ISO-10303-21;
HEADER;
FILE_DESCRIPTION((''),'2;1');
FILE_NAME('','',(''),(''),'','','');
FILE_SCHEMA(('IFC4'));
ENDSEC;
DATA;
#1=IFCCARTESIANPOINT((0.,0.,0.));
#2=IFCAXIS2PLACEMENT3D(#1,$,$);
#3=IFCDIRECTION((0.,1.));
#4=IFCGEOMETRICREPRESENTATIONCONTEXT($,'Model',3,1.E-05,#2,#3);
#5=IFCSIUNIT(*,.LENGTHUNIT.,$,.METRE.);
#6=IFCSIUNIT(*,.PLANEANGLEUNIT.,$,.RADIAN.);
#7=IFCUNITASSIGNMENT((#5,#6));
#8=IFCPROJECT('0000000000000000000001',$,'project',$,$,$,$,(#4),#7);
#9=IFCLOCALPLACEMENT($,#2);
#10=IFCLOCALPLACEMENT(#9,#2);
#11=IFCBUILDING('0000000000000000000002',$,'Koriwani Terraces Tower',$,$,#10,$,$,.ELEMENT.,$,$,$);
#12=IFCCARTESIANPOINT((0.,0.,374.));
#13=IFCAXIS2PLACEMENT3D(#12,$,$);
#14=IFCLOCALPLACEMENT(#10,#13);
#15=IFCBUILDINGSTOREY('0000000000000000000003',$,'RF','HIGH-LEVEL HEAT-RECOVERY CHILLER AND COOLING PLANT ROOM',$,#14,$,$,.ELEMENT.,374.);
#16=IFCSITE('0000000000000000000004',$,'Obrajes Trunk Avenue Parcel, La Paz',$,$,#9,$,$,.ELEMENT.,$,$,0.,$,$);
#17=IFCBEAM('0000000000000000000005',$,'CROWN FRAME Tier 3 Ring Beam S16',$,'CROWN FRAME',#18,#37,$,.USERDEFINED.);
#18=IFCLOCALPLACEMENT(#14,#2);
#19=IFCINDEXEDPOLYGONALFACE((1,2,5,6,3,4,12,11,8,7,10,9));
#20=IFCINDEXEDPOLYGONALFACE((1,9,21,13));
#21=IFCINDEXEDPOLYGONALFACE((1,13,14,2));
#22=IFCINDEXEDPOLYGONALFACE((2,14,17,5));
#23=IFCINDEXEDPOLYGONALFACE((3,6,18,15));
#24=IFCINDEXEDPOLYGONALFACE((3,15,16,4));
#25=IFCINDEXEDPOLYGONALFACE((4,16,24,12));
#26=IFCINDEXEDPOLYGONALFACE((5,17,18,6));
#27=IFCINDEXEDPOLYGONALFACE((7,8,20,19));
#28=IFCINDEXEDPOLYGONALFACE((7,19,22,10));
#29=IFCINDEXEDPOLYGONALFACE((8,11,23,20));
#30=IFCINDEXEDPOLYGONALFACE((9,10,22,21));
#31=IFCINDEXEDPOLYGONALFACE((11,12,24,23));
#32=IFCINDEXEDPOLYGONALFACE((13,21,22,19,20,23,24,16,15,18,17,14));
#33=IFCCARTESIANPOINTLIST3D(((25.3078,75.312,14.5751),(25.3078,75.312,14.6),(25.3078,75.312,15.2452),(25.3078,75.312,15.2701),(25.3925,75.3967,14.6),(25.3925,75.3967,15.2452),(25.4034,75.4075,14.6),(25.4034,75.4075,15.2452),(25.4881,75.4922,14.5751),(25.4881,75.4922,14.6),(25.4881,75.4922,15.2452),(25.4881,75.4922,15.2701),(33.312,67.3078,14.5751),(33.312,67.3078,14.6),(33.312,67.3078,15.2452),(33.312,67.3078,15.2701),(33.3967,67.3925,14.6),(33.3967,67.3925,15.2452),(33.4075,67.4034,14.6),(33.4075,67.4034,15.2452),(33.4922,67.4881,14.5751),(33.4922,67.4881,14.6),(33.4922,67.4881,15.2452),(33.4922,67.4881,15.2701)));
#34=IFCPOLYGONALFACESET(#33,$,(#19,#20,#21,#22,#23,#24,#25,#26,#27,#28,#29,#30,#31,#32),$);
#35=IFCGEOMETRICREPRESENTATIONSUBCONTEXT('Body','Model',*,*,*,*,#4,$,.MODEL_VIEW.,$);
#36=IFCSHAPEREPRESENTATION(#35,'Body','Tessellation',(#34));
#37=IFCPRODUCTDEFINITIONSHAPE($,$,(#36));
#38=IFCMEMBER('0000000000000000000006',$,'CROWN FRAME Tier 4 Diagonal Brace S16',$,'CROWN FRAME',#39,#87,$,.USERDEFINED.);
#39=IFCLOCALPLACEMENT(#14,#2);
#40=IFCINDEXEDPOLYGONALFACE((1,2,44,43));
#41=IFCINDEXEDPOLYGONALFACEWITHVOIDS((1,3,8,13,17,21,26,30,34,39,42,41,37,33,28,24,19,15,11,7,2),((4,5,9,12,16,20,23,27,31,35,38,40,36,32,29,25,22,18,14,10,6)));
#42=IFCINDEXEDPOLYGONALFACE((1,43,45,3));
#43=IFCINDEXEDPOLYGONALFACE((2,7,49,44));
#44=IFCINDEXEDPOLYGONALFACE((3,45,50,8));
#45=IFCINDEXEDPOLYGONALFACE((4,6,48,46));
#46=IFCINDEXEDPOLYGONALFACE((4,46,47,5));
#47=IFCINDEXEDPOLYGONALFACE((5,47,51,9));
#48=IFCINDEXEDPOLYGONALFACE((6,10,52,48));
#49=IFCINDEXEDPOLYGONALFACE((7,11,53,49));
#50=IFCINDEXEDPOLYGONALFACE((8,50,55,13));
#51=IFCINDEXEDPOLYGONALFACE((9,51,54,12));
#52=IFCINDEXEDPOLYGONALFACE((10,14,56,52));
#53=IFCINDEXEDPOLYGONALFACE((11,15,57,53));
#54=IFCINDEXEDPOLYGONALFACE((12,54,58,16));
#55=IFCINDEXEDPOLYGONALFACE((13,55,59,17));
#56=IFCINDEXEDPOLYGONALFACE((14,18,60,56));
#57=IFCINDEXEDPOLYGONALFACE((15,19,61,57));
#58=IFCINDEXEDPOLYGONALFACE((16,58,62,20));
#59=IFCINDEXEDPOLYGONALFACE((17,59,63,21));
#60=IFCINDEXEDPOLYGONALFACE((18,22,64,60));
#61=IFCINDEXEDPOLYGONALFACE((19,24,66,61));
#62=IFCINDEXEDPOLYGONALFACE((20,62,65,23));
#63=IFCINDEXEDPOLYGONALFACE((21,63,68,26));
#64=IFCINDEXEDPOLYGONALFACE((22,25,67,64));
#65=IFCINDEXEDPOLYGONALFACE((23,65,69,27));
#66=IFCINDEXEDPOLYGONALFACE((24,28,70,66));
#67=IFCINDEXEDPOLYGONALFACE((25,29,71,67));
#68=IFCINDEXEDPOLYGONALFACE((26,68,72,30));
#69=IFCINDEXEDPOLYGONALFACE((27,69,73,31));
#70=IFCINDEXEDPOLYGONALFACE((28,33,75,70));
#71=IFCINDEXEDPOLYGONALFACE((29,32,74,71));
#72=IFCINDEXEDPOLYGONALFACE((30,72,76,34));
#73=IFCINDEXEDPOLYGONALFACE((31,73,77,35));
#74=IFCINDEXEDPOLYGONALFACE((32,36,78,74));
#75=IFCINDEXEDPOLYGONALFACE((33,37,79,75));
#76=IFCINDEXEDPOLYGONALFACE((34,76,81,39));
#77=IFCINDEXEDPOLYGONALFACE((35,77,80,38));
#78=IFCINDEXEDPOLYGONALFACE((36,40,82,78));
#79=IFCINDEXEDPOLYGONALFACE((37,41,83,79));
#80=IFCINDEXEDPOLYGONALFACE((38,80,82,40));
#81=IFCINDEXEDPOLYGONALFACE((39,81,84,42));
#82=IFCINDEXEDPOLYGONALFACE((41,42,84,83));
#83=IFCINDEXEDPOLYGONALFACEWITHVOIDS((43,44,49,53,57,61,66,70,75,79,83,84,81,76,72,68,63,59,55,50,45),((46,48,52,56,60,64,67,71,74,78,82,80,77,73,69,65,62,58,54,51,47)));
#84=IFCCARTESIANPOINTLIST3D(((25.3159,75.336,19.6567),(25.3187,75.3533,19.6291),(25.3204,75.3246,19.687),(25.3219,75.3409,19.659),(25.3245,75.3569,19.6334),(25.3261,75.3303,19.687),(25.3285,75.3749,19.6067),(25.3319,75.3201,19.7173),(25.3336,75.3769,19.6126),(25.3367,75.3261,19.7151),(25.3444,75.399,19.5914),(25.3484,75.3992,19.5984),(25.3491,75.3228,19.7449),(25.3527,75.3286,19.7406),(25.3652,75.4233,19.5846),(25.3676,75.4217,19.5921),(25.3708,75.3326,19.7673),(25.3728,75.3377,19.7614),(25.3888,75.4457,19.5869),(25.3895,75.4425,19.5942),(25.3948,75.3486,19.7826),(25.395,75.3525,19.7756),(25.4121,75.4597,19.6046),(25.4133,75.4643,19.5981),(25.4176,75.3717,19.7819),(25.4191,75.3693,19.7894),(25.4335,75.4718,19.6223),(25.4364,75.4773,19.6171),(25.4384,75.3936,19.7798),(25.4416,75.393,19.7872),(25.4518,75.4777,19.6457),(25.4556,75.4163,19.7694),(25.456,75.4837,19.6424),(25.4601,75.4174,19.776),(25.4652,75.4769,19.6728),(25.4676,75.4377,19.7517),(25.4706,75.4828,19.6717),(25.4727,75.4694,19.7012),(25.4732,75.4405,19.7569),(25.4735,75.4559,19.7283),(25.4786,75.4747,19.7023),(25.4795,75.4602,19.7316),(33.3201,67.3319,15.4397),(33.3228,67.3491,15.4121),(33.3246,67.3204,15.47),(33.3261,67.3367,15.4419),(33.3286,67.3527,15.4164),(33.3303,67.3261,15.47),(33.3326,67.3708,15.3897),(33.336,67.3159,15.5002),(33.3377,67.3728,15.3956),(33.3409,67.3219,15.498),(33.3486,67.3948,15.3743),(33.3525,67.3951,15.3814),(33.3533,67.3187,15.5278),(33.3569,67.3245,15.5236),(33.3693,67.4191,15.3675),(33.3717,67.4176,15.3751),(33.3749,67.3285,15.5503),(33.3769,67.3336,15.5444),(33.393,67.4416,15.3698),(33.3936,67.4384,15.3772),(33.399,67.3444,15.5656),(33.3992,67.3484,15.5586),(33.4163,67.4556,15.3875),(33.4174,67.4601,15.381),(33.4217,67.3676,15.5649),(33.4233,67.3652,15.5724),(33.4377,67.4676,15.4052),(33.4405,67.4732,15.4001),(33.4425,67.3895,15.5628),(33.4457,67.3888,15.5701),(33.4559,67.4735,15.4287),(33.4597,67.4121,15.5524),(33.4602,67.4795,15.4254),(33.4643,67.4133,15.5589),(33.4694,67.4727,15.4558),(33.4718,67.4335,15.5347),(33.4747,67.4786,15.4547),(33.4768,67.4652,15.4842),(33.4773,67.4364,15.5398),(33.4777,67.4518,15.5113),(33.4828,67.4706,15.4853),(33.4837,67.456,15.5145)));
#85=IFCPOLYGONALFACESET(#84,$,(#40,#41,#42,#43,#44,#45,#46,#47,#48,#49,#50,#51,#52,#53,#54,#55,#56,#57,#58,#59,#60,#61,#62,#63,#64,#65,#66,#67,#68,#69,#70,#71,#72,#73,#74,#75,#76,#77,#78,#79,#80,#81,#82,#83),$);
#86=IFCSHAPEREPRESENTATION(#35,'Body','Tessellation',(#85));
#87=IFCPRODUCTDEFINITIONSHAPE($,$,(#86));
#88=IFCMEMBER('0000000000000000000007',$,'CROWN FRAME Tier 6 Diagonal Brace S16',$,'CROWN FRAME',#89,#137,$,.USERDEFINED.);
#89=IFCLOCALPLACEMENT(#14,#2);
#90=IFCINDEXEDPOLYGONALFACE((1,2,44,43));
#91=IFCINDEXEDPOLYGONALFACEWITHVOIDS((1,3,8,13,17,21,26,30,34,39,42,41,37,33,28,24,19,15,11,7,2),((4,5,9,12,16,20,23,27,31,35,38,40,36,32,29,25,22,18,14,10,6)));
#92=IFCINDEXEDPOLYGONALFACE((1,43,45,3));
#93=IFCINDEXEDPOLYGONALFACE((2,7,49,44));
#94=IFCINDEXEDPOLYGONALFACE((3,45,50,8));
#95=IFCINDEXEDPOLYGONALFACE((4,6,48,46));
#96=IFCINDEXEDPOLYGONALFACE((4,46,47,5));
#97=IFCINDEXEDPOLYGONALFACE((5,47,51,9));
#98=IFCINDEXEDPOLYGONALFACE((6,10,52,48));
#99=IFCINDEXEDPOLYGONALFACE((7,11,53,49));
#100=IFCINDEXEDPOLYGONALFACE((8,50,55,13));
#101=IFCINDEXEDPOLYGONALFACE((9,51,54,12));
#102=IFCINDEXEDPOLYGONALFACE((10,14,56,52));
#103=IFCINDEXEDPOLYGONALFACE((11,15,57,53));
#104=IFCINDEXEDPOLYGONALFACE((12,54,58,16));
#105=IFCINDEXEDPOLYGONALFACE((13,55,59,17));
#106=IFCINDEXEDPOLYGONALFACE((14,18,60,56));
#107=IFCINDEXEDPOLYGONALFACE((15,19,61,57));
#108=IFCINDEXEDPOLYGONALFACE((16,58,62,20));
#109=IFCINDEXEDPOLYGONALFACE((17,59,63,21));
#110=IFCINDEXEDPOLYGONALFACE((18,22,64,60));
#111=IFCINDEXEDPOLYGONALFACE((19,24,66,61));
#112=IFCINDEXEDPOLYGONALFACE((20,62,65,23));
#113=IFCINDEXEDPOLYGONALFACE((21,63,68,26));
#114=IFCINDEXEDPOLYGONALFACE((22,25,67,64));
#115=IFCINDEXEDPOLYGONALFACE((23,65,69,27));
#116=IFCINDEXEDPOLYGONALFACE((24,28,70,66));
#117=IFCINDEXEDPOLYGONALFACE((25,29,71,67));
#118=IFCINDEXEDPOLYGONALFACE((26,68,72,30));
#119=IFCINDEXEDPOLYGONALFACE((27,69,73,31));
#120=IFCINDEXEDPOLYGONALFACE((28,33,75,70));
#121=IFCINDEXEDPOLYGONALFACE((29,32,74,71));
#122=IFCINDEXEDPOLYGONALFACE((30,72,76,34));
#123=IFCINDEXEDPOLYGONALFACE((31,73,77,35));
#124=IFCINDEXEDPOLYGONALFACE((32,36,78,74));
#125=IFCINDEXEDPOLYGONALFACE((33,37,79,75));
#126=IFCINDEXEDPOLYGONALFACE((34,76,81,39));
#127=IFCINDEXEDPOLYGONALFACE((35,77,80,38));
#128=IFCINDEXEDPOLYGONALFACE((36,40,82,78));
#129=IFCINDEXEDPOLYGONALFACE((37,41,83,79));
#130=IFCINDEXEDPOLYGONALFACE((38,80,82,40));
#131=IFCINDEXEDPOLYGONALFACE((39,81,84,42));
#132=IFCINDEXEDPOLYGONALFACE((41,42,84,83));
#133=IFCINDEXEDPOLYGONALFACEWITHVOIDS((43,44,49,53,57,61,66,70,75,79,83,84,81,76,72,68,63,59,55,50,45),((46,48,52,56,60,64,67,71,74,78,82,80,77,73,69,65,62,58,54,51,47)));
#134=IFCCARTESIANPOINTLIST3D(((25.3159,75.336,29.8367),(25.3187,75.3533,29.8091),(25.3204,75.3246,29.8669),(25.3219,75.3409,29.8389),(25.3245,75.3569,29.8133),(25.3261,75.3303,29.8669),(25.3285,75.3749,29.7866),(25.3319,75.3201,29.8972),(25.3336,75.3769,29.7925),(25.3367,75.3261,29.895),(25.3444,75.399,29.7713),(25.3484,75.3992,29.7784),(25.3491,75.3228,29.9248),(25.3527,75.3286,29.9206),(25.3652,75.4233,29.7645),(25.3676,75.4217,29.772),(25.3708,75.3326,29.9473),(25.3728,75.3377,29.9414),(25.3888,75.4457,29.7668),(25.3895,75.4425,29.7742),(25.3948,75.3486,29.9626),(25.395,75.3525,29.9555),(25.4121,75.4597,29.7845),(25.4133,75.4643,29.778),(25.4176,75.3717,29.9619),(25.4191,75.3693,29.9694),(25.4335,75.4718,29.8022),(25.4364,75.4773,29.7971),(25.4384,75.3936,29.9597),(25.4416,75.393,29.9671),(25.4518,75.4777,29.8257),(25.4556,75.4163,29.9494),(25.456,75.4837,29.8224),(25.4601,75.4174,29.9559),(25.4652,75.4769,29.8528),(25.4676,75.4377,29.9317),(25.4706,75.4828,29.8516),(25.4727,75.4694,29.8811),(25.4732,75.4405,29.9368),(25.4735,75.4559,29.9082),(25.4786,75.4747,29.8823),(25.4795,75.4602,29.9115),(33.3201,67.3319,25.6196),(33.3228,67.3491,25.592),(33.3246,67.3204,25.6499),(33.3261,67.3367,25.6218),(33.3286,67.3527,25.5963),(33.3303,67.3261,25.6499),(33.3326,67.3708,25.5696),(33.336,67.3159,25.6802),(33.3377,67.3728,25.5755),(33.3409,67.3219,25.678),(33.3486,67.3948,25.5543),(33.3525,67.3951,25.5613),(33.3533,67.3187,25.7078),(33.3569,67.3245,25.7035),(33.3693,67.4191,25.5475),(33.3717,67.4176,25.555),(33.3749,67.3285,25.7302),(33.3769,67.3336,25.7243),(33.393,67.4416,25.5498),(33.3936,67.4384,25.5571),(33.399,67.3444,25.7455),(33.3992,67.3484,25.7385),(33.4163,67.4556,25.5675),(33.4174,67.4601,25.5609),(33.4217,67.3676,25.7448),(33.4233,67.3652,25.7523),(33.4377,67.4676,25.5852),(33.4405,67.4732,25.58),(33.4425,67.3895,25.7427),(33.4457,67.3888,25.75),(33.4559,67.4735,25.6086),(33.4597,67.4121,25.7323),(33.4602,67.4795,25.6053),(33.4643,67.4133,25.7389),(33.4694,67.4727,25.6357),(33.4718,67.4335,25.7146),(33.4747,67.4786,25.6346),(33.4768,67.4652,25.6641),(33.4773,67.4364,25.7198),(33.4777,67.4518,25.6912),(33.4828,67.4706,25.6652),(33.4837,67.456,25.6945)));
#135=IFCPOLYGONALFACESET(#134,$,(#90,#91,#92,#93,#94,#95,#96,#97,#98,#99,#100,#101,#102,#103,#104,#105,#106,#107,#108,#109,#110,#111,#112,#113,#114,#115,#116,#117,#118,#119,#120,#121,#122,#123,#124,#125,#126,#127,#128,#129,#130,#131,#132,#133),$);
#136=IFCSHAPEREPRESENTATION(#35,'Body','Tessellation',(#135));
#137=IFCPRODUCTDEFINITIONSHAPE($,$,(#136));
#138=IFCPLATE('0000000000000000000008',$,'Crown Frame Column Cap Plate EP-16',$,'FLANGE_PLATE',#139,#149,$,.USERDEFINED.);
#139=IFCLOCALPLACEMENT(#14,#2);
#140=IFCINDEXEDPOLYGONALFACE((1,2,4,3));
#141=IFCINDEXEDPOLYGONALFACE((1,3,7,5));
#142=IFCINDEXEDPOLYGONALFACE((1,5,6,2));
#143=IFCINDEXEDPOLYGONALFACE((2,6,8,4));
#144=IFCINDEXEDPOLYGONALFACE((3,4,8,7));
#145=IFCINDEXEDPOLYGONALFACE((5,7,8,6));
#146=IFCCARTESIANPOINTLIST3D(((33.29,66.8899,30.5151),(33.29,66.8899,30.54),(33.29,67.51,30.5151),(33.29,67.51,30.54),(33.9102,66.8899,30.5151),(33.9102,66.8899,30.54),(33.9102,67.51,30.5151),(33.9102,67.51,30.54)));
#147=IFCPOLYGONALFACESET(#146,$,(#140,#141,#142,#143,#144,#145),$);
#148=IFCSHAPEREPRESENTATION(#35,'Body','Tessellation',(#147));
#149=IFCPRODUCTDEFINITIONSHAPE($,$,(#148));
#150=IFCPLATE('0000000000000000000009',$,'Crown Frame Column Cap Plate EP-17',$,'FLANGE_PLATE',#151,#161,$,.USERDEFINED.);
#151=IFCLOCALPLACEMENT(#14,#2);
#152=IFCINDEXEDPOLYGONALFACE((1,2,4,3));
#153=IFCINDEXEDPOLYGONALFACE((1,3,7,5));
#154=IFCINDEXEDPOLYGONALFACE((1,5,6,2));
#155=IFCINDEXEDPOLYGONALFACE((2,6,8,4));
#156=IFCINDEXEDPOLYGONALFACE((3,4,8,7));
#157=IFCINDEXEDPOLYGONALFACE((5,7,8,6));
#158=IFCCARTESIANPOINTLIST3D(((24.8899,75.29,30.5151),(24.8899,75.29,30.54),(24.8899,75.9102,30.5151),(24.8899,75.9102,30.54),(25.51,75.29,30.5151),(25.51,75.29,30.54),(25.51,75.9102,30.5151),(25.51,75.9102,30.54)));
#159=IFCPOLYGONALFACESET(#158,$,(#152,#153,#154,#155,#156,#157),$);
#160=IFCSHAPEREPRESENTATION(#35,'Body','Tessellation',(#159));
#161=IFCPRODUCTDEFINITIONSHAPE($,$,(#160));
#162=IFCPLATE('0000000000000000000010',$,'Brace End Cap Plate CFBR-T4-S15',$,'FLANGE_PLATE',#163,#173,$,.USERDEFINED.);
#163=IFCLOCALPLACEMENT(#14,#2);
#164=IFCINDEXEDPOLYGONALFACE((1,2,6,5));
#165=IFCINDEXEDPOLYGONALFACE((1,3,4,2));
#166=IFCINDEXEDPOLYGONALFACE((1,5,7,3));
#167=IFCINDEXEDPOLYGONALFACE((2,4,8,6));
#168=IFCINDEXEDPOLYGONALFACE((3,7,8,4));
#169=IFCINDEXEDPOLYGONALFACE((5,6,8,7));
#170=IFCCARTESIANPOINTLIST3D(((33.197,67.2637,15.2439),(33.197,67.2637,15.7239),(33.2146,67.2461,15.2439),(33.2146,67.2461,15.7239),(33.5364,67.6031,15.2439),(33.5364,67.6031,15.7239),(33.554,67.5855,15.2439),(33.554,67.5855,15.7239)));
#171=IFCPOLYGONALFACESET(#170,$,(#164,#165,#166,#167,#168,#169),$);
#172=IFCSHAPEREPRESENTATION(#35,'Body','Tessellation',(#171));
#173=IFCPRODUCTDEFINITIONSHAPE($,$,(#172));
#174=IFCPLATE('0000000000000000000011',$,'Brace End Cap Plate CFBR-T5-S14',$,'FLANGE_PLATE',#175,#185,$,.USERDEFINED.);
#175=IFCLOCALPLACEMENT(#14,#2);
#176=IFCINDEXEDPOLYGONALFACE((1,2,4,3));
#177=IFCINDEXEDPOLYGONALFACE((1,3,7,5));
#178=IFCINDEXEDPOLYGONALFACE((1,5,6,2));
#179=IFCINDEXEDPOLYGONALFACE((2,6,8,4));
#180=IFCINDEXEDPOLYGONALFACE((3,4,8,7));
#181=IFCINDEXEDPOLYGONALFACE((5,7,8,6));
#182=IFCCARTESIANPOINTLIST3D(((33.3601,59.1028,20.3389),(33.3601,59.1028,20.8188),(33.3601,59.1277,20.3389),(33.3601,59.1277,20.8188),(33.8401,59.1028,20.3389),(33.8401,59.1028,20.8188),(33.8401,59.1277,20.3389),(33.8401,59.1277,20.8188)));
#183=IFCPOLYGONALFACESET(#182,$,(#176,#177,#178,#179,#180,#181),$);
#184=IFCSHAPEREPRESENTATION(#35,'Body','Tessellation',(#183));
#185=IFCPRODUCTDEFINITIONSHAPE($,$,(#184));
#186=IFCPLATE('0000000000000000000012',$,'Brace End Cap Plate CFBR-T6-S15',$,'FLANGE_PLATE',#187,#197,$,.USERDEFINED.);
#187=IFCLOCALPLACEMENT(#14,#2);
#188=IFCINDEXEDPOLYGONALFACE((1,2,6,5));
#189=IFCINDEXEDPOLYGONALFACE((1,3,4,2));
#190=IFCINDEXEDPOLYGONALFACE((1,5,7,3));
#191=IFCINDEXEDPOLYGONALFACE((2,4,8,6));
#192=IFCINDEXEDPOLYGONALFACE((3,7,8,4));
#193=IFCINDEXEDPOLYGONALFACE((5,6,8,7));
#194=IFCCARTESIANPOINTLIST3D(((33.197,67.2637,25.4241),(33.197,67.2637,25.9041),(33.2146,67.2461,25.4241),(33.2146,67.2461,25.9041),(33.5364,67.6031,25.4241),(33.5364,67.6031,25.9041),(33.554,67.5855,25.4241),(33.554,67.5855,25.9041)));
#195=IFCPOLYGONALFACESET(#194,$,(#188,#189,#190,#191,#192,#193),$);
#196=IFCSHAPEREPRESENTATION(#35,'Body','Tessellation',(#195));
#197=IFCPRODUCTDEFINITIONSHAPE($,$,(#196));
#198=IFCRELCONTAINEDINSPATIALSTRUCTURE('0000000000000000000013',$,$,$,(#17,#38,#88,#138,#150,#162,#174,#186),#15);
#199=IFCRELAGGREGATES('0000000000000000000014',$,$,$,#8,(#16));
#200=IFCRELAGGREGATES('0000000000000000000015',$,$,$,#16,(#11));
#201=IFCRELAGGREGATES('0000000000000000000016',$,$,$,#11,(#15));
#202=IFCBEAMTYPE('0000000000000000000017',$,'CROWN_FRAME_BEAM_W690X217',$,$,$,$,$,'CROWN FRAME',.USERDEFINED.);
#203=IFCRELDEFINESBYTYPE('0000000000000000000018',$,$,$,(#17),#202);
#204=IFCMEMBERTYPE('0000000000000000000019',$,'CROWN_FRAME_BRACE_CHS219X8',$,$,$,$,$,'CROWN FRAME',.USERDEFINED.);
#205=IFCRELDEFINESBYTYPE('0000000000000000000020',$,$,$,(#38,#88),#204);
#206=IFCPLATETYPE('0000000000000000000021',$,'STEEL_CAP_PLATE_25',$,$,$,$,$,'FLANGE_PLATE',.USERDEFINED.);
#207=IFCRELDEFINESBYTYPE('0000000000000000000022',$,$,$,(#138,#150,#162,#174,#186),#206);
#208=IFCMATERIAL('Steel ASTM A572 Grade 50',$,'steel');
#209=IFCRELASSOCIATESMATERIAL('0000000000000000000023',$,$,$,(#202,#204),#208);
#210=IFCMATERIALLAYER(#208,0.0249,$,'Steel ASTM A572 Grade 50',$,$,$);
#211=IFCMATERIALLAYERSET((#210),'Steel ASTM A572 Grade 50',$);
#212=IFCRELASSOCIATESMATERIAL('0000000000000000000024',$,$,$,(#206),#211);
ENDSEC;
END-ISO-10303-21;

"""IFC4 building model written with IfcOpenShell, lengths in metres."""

from ifc_helpers import new_model, si_unit, direction, frame, origin, origin_2d, place, context, subcontext, project, spatial, rectangle, hollow_circle, i_section, extrude, material, layer, layer_set, material_profile, profile_set, type_object, element, save


model = new_model("IFC4")

# Units and contexts
model_context = context("Model", 3, precision=1e-05, world=origin(), true_north=direction((0.0, 1.0)))
body_context = subcontext(model_context, "Body", "Model", "MODEL_VIEW")
ifc_project = project(units=[si_unit("LENGTHUNIT", "METRE"), si_unit("PLANEANGLEUNIT", "RADIAN")], contexts=[model_context])

# Site, building, storey
site_placement = place(None, origin())
site = spatial("IfcSite", under=ifc_project, at=site_placement, Name="Obrajes Trunk Avenue Parcel, La Paz", CompositionType="ELEMENT", RefElevation=0.0)
building_placement = place(site_placement, origin())
building = spatial("IfcBuilding", under=site, at=building_placement, Name="Koriwani Terraces Tower", CompositionType="ELEMENT")
storey_placement = place(building_placement, frame((0.0, 0.0, 374.0)))
storey = spatial("IfcBuildingStorey", under=building, at=storey_placement, Name="RF", Description="HIGH-LEVEL HEAT-RECOVERY CHILLER AND COOLING PLANT ROOM", CompositionType="ELEMENT", Elevation=374.0)

# Shared definitions
ifc_material_1 = material(Name="Steel ASTM A572 Grade 50", Category="steel")

# Beam
ifc_material_profile_1 = material_profile(ifc_material_1, i_section(OverallWidth=0.2549, OverallDepth=0.6951, WebThickness=0.0154, FlangeThickness=0.0249, at=origin_2d()), Name="Steel ASTM A572 Grade 50", Category="LoadBearing")
ifc_profile_set_1 = profile_set([ifc_material_profile_1], Name="Steel ASTM A572 Grade 50")
beam_type_1 = type_object("IfcBeamType", Name="CROWN_FRAME_BEAM_W690X217", ElementType="CROWN FRAME", PredefinedType="USERDEFINED", material=ifc_profile_set_1)
beam_1_placement = place(storey_placement, frame((33.4021, 67.3979, 14.9226), z_axis=(-0.707107, 0.707107, 0.0), x_axis=(-0.707107, -0.707107, 0.0)))
element("IfcBeam", 1, at=beam_1_placement, inside=storey, type_object=beam_type_1, Name="CROWN FRAME Tier 3 Ring Beam S16", ObjectType="CROWN FRAME", PredefinedType="USERDEFINED", context=body_context, shape_type="SweptSolid", body=[
    extrude(i_section(OverallWidth=0.2549, OverallDepth=0.6951, WebThickness=0.0154, FlangeThickness=0.0249, at=origin_2d()), origin(), (0.0, 0.0, 1.0), 11.3196),
])

# Members
ifc_material_profile_2 = material_profile(ifc_material_1, hollow_circle(Radius=0.1096, WallThickness=0.0081, at=origin_2d()), Name="Steel ASTM A572 Grade 50", Category="LoadBearing")
ifc_profile_set_2 = profile_set([ifc_material_profile_2], Name="Steel ASTM A572 Grade 50")
member_type = type_object("IfcMemberType", Name="CROWN_FRAME_BRACE_CHS219X8", ElementType="CROWN FRAME", PredefinedType="USERDEFINED", material=ifc_profile_set_2)
for number, where, z_axis, x_axis, name in (
    (2, (33.4021, 67.3979, 15.47), (-0.662618, 0.662618, 0.349105), (-0.707107, -0.707107, 0.0), "CROWN FRAME Tier 4 Diagonal Brace S16"),
    (3, (33.4021, 67.3979, 25.6499), (-0.662618, 0.662618, 0.349105), (-0.707107, -0.707107, 0.0), "CROWN FRAME Tier 6 Diagonal Brace S16"),
):
    element("IfcMember", number, at=place(storey_placement, frame(where, z_axis=z_axis, x_axis=x_axis)), inside=storey, type_object=member_type, Name=name, ObjectType="CROWN FRAME", PredefinedType="USERDEFINED", context=body_context, shape_type="SweptSolid", body=[
        extrude(hollow_circle(Radius=0.1096, WallThickness=0.0081, at=origin_2d()), origin(), (0.0, 0.0, 1.0), 12.0796),
    ])

# Plates
ifc_layer_1 = layer(ifc_material_1, 0.0249, Name="Steel ASTM A572 Grade 50")
ifc_layer_set_1 = layer_set([ifc_layer_1], Name="Steel ASTM A572 Grade 50")
plate_type_1 = type_object("IfcPlateType", Name="STEEL_CAP_PLATE_25", ElementType="FLANGE_PLATE", PredefinedType="USERDEFINED", material=ifc_layer_set_1)
for number, where, z_axis, x_axis, name in (
    (4, (33.6001, 67.2, 30.5151), (0.0, 0.0, 1.0), (1.0, 0.0, 0.0), "Crown Frame Column Cap Plate EP-16"),
    (5, (25.2, 75.6001, 30.5151), (0.0, 0.0, 1.0), (1.0, 0.0, 0.0), "Crown Frame Column Cap Plate EP-17"),
):
    element("IfcPlate", number, at=place(storey_placement, frame(where, z_axis=z_axis, x_axis=x_axis)), inside=storey, type_object=plate_type_1, Name=name, ObjectType="FLANGE_PLATE", PredefinedType="USERDEFINED", context=body_context, shape_type="SweptSolid", body=[
        extrude(rectangle(XDim=0.6201, YDim=0.6201, at=origin_2d()), origin(), (0.0, 0.0, 1.0), 0.0249),
    ])
for number, where, z_axis, x_axis, name in (
    (6, (33.3755, 67.4246, 15.2439), (0.0, 0.0, 1.0), (-0.707107, 0.707107, 0.0), "Brace End Cap Plate CFBR-T4-S15"),
    (7, (33.6001, 59.1152, 20.3389), (0.0, 0.0, 1.0), (0.0, 1.0, 0.0), "Brace End Cap Plate CFBR-T5-S14"),
    (8, (33.3755, 67.4246, 25.4241), (0.0, 0.0, 1.0), (-0.707107, 0.707107, 0.0), "Brace End Cap Plate CFBR-T6-S15"),
):
    element("IfcPlate", number, at=place(storey_placement, frame(where, z_axis=z_axis, x_axis=x_axis)), inside=storey, type_object=plate_type_1, Name=name, ObjectType="FLANGE_PLATE", PredefinedType="USERDEFINED", context=body_context, shape_type="SweptSolid", body=[
        extrude(rectangle(XDim=0.0249, YDim=0.48, at=origin_2d()), origin(), (0.0, 0.0, 1.0), 0.48),
    ])

save(model, "model.ifc")
